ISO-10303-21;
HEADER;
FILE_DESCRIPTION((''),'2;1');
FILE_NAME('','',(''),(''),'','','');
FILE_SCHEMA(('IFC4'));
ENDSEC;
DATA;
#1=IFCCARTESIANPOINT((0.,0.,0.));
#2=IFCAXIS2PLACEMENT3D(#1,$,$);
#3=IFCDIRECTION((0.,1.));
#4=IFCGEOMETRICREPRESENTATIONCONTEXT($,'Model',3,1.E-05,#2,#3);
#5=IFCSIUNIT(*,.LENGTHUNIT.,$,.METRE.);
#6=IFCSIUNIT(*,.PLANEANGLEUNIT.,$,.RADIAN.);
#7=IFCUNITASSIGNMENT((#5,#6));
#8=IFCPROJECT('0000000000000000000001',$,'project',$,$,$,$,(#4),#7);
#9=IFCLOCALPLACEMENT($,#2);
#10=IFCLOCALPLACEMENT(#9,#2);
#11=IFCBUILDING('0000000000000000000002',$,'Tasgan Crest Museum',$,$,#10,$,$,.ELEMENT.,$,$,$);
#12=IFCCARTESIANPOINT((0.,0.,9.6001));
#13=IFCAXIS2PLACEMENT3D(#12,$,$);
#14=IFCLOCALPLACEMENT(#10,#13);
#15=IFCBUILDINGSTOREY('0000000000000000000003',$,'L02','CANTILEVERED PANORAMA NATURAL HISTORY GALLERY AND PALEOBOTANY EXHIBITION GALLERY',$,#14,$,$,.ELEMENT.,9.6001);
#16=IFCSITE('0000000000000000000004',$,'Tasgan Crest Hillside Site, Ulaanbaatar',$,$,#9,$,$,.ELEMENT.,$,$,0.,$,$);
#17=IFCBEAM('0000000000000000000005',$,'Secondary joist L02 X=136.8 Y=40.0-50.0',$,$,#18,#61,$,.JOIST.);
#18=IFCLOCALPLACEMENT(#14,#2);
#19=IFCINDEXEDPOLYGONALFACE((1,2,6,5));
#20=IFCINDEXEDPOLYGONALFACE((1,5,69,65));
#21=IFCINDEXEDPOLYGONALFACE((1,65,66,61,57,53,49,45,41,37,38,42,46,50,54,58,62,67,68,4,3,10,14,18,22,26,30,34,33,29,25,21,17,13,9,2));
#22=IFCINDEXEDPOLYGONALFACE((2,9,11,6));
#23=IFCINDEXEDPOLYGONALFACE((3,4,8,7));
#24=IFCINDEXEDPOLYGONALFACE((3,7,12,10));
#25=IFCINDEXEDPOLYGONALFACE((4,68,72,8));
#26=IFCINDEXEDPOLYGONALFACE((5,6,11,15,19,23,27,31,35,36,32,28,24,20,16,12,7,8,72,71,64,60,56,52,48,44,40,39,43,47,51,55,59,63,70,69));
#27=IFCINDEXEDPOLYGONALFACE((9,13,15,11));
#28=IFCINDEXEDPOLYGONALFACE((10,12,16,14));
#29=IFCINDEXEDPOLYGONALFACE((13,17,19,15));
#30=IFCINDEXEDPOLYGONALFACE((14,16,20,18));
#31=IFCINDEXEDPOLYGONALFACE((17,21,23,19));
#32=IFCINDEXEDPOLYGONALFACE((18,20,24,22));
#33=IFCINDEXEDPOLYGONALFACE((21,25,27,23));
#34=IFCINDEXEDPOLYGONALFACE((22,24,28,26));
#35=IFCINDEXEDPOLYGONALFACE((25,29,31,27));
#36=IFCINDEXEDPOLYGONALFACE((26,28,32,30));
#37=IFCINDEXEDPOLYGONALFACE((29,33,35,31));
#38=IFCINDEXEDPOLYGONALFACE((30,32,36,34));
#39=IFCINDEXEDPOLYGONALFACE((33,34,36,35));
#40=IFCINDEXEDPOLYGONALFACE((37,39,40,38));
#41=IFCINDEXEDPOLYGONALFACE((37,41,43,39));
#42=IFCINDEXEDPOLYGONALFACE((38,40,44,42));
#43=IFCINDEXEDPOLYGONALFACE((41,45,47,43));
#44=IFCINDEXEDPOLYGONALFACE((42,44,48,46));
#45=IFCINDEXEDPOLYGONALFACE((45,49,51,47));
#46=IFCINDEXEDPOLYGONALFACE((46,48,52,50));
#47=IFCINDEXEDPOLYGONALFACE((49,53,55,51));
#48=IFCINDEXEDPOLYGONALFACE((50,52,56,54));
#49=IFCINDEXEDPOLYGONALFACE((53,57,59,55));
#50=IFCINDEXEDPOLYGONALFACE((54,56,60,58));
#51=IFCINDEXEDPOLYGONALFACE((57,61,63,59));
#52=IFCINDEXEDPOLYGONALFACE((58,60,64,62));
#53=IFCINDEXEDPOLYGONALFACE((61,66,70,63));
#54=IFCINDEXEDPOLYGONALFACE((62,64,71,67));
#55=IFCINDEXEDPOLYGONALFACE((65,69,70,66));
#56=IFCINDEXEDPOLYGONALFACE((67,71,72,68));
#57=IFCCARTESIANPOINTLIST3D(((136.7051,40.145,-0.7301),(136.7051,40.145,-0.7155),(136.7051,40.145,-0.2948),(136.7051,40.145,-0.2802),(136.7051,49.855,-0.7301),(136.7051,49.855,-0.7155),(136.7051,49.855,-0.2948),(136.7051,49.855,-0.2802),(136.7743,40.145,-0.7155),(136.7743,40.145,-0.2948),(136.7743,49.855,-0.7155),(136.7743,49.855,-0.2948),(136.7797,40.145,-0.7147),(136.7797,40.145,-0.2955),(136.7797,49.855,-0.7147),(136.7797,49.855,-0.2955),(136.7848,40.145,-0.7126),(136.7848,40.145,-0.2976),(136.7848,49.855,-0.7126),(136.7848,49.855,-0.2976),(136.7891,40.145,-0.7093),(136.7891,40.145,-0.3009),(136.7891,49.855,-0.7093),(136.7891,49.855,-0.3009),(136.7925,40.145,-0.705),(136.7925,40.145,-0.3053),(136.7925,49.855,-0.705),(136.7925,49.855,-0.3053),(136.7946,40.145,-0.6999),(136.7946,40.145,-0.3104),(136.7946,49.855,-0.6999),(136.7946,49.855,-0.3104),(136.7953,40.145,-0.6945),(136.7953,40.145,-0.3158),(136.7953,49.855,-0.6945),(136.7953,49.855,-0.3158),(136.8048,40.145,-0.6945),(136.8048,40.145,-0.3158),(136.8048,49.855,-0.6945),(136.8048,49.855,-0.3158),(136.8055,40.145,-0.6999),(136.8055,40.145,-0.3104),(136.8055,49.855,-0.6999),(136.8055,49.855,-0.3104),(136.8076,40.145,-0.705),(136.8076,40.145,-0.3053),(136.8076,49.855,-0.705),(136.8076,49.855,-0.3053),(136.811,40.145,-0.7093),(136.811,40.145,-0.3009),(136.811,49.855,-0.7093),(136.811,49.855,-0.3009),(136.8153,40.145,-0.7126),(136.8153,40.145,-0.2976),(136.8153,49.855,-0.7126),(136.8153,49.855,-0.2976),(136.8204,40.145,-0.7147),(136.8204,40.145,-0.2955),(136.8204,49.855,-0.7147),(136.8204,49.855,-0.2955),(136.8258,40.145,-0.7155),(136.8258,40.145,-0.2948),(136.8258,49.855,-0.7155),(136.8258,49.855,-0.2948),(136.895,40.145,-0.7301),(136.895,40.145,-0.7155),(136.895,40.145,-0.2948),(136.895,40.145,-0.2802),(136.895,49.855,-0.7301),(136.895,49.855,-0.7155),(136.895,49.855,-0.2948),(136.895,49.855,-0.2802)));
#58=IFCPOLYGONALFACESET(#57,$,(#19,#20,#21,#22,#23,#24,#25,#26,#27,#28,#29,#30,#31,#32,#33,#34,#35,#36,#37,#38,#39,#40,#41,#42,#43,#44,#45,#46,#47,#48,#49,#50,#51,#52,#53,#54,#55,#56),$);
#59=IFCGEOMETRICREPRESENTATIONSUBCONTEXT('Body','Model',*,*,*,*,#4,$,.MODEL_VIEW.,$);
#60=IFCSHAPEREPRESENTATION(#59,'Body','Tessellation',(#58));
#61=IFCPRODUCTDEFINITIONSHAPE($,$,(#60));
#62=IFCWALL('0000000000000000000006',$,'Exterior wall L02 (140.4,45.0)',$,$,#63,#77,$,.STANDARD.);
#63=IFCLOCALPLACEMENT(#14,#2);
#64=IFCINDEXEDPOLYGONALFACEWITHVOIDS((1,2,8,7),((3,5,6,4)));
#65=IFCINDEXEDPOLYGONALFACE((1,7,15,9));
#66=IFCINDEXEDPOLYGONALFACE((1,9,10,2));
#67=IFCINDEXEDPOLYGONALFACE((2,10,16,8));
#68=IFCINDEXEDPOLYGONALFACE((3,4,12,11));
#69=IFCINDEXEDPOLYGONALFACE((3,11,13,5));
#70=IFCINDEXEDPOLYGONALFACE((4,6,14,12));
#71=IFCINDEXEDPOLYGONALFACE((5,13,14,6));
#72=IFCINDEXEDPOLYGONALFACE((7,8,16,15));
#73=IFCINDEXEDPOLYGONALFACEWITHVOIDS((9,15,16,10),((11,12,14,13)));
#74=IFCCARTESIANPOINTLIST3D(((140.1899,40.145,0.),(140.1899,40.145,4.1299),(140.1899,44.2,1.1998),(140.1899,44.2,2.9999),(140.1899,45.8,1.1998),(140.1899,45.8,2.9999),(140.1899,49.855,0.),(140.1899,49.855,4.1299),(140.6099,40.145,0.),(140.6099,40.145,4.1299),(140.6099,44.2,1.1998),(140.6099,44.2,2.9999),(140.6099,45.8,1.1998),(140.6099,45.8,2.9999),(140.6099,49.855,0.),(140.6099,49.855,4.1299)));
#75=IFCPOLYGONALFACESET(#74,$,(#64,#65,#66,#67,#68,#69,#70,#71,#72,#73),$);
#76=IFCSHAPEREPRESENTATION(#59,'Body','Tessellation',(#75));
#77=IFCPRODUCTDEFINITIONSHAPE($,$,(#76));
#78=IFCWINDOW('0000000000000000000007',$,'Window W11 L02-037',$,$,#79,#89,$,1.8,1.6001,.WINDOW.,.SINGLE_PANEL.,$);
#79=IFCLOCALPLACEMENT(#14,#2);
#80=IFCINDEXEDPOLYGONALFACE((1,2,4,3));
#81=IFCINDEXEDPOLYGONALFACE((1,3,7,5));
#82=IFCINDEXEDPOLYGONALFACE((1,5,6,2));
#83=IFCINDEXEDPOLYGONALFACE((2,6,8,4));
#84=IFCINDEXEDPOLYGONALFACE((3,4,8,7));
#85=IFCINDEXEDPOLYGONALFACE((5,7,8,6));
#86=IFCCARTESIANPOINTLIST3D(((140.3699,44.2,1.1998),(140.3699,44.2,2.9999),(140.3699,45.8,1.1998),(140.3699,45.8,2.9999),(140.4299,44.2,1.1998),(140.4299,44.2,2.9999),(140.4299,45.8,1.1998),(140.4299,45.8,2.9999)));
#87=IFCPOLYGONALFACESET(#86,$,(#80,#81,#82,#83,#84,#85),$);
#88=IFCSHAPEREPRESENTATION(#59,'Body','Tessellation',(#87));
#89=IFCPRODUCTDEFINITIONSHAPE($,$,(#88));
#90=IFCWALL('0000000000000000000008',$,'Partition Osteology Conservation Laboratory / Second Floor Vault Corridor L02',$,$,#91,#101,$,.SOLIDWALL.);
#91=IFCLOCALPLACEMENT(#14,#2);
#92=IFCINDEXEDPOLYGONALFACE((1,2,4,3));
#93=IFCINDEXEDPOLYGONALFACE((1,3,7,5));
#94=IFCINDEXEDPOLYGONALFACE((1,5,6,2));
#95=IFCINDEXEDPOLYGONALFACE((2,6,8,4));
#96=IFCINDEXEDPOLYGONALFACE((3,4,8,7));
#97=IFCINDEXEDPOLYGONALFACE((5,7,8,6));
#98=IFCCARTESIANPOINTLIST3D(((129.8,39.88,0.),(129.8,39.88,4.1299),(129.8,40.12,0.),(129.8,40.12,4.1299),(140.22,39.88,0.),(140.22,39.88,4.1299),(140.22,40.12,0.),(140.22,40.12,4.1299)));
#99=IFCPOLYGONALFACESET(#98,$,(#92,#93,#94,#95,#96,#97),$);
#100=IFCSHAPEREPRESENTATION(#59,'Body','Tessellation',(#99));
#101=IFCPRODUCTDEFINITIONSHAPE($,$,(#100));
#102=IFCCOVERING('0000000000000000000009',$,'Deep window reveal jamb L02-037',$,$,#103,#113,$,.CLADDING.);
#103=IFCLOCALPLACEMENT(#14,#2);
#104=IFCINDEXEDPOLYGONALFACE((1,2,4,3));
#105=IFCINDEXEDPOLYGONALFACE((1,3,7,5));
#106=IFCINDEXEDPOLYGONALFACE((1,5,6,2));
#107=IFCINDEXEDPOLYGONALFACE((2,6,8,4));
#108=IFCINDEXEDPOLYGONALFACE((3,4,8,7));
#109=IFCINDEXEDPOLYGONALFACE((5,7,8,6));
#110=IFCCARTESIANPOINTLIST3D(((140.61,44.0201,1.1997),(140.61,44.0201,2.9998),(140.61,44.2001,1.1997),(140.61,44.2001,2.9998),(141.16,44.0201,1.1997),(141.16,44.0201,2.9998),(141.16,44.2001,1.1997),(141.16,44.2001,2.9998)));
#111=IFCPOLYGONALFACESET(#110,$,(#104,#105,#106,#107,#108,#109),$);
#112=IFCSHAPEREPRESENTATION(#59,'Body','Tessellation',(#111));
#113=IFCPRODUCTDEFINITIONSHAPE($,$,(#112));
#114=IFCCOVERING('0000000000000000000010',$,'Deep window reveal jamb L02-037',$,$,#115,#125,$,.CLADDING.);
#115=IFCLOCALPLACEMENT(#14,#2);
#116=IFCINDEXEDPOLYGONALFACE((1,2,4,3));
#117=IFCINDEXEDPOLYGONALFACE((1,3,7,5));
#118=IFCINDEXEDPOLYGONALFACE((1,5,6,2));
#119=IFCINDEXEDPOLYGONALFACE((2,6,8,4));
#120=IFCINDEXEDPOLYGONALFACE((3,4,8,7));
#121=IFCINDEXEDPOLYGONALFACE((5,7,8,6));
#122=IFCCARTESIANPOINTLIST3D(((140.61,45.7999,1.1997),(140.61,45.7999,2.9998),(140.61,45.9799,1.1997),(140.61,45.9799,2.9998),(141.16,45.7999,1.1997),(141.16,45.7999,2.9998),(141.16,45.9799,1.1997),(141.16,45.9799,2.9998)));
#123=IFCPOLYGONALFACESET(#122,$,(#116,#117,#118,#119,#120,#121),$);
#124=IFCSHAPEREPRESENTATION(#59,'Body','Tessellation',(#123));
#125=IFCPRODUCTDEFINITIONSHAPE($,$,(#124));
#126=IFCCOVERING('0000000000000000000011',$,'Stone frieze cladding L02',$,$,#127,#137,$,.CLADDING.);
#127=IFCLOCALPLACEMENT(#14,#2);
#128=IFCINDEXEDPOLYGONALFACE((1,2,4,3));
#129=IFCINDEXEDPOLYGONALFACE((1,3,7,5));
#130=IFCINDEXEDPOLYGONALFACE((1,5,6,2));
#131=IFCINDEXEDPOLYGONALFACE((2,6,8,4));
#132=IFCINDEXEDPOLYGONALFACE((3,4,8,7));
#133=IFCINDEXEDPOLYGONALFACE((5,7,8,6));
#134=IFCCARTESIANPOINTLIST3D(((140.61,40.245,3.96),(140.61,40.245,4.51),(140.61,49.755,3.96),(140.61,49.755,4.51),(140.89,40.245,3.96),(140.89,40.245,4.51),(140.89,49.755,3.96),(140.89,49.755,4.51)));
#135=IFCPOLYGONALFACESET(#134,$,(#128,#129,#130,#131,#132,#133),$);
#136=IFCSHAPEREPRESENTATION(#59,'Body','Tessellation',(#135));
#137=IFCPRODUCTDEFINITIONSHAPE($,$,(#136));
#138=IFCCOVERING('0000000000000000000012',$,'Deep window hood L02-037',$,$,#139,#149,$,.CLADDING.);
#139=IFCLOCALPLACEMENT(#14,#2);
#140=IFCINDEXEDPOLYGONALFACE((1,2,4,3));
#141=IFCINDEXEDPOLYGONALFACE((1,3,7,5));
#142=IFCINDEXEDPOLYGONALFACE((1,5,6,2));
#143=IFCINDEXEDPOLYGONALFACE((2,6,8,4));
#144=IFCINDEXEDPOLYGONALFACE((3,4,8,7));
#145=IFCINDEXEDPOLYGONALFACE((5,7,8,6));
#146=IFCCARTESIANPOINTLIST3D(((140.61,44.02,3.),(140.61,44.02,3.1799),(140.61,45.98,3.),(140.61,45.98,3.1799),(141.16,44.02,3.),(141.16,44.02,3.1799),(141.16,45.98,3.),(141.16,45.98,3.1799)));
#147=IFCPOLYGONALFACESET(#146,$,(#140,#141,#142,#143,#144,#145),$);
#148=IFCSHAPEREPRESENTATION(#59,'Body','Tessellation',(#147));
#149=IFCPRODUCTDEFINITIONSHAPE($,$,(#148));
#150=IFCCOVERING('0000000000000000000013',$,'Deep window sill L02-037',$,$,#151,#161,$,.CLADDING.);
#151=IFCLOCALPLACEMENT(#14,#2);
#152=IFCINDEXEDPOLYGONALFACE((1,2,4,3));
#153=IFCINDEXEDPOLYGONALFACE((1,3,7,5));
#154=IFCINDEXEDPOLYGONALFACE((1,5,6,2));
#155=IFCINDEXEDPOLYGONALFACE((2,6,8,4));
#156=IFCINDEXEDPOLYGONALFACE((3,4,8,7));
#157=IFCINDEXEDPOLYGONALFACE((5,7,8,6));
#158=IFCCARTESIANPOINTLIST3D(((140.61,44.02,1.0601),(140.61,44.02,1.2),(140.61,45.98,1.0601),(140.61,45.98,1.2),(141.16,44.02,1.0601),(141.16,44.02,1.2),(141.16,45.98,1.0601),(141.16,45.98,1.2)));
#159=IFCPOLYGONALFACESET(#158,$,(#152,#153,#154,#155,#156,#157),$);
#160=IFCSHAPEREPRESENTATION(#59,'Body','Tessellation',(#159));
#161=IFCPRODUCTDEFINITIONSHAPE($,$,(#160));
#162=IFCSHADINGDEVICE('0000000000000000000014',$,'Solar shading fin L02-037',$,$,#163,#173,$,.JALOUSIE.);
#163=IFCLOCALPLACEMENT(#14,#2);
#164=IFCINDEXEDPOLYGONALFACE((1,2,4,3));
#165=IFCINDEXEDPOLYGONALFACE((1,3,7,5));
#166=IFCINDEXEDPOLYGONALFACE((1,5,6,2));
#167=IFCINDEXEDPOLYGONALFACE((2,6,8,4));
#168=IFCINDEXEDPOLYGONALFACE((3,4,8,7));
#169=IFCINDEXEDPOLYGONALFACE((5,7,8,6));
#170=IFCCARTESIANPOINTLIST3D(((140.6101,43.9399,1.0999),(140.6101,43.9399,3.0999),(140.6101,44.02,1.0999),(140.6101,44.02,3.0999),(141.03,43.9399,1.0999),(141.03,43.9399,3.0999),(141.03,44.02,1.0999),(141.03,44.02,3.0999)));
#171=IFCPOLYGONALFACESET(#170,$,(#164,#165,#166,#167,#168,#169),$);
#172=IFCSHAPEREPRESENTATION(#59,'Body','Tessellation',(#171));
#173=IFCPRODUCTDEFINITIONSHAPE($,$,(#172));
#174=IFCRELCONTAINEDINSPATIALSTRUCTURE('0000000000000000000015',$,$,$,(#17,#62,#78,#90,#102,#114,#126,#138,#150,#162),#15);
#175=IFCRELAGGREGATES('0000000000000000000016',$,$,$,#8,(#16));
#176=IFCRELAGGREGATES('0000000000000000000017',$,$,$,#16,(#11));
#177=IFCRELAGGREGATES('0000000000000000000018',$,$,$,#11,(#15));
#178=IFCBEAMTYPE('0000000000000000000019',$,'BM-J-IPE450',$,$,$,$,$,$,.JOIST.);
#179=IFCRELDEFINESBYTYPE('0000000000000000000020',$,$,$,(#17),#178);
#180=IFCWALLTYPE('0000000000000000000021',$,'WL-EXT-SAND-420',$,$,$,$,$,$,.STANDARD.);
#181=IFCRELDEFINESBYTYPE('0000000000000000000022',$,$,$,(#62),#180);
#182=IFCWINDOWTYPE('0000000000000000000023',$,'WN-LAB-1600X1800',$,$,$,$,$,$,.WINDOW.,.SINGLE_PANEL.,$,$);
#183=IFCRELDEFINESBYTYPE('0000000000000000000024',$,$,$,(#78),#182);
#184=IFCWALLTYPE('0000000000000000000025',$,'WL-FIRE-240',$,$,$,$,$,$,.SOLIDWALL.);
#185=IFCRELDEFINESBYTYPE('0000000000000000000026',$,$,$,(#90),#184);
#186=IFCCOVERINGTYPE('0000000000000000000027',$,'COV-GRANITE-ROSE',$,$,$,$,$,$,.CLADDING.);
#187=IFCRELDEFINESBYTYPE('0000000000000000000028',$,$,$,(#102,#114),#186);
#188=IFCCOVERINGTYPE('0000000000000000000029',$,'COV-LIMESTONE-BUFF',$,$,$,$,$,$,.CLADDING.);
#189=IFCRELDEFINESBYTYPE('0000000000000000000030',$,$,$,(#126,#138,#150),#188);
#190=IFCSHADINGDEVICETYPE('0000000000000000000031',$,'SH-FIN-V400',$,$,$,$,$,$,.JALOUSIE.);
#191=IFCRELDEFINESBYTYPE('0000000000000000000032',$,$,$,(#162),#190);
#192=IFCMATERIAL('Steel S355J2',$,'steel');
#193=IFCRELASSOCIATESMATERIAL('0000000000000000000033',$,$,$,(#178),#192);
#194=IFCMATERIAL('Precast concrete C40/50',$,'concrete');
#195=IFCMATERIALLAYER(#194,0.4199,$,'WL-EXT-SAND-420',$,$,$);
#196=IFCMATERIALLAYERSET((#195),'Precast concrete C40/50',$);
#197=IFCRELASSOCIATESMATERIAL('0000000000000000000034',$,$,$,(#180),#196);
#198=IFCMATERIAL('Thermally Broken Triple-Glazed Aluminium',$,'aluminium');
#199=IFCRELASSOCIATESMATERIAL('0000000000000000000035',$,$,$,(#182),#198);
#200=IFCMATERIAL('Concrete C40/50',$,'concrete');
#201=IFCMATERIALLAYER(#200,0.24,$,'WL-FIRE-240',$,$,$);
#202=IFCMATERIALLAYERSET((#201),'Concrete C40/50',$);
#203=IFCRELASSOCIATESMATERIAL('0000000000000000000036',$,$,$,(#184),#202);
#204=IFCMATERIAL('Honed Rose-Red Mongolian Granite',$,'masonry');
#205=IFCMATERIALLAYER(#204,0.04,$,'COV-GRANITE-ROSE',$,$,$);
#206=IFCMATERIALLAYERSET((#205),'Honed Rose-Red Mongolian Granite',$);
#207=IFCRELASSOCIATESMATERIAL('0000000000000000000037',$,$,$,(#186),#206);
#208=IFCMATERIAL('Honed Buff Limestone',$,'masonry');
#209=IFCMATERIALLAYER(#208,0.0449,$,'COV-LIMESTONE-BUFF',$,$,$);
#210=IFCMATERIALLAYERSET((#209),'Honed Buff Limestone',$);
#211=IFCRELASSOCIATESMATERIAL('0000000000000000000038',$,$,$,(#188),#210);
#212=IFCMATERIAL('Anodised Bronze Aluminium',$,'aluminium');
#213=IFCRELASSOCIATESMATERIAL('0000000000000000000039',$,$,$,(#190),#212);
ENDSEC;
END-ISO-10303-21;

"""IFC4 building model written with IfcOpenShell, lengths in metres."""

from ifc_helpers import new_model, si_unit, direction, frame, frame_2d, origin, origin_2d, place, context, subcontext, project, spatial, rectangle, i_section, extrude, material, layer, layer_set, material_profile, profile_set, type_object, element, fill, save


model = new_model("IFC4")

# Units and contexts
model_context = context("Model", 3, precision=1e-05, world=origin(), true_north=direction((0.0, 1.0)))
body_context = subcontext(model_context, "Body", "Model", "MODEL_VIEW")
ifc_project = project(units=[si_unit("LENGTHUNIT", "METRE"), si_unit("PLANEANGLEUNIT", "RADIAN")], contexts=[model_context])

# Site, building, storey
site_placement = place(None, origin())
site = spatial("IfcSite", under=ifc_project, at=site_placement, Name="Tasgan Crest Hillside Site, Ulaanbaatar", CompositionType="ELEMENT", RefElevation=0.0)
building_placement = place(site_placement, origin())
building = spatial("IfcBuilding", under=site, at=building_placement, Name="Tasgan Crest Museum", CompositionType="ELEMENT")
storey_placement = place(building_placement, frame((0.0, 0.0, 9.6001)))
storey = spatial("IfcBuildingStorey", under=building, at=storey_placement, Name="L02", Description="CANTILEVERED PANORAMA NATURAL HISTORY GALLERY AND PALEOBOTANY EXHIBITION GALLERY", CompositionType="ELEMENT", Elevation=9.6001)

# Beam
ifc_material_1 = material(Name="Steel S355J2", Category="steel")
ifc_material_profile_1 = material_profile(ifc_material_1, i_section(OverallWidth=0.1899, OverallDepth=0.45, WebThickness=0.0095, FlangeThickness=0.0146, FilletRadius=0.021, at=origin_2d()), Name="IPE 450")
ifc_profile_set_1 = profile_set([ifc_material_profile_1], Name="Steel S355J2")
beam_type_1 = type_object("IfcBeamType", Name="BM-J-IPE450", PredefinedType="JOIST", material=ifc_profile_set_1)
for number, where, z_axis, x_axis, name in (
    (1, (136.8, 40.145, -0.5051), (0.0, 1.0, 0.0), (-1.0, 0.0, 0.0), "Secondary joist L02 X=136.8 Y=40.0-50.0"),
):
    element("IfcBeam", number, at=place(storey_placement, frame(where, z_axis=z_axis, x_axis=x_axis)), inside=storey, type_object=beam_type_1, Name=name, PredefinedType="JOIST", context=body_context, shape_type="SweptSolid", body=[
        extrude(i_section(OverallWidth=0.1899, OverallDepth=0.45, WebThickness=0.0095, FlangeThickness=0.0146, FilletRadius=0.021, at=origin_2d()), origin(), (0.0, 0.0, 1.0), 9.71),
    ])

# Wall, opening, window
ifc_material_2 = material(Name="Precast concrete C40/50", Category="concrete")
ifc_layer_1 = layer(ifc_material_2, 0.4199, Name="WL-EXT-SAND-420")
ifc_layer_set_1 = layer_set([ifc_layer_1], Name="Precast concrete C40/50")
wall_type_1 = type_object("IfcWallType", Name="WL-EXT-SAND-420", PredefinedType="STANDARD", material=ifc_layer_set_1)
wall_1_placement = place(storey_placement, frame((140.3999, 40.145, 0.0), z_axis=(0.0, 0.0, 1.0), x_axis=(0.0, 1.0, 0.0)))
wall_1 = element("IfcWall", 2, at=wall_1_placement, inside=storey, type_object=wall_type_1, Name="Exterior wall L02 (140.4,45.0)", PredefinedType="STANDARD", context=body_context, shape_type="SweptSolid", body=[
    extrude(rectangle(XDim=9.71, YDim=0.4199, at=frame_2d((4.855, 0.0))), origin(), (0.0, 0.0, 1.0), 4.1299),
])
opening_placement = place(wall_1_placement, frame((4.0549, 0.0, 1.2)))
opening = element("IfcOpeningElement", 3, at=opening_placement, cuts=wall_1, PredefinedType="OPENING", context=body_context, shape_type="SweptSolid", body=[
    extrude(rectangle(XDim=1.6001, YDim=1.8, at=frame_2d((0.8, 0.8999))), frame((0.0, 0.22, 0.0), z_axis=(0.0, -1.0, 0.0), x_axis=(1.0, 0.0, 0.0)), (0.0, 0.0, 1.0), 0.4399),
])
ifc_material_3 = material(Name="Thermally Broken Triple-Glazed Aluminium", Category="aluminium")
window_type = type_object("IfcWindowType", Name="WN-LAB-1600X1800", PartitioningType="SINGLE_PANEL", PredefinedType="WINDOW", material=ifc_material_3)
window_placement = place(opening_placement, origin())
window = element("IfcWindow", 4, at=window_placement, inside=storey, type_object=window_type, Name="Window W11 L02-037", OverallHeight=1.8, OverallWidth=1.6001, PartitioningType="SINGLE_PANEL", PredefinedType="WINDOW", context=body_context, shape_type="SweptSolid", body=[
    extrude(rectangle(XDim=1.6001, YDim=1.8, at=frame_2d((0.8, 0.8999))), frame((0.0, 0.03, 0.0), z_axis=(0.0, -1.0, 0.0), x_axis=(1.0, 0.0, 0.0)), (0.0, 0.0, 1.0), 0.0601),
])
fill(opening, window)

# Wall
ifc_material_4 = material(Name="Concrete C40/50", Category="concrete")
ifc_layer_2 = layer(ifc_material_4, 0.24, Name="WL-FIRE-240")
ifc_layer_set_2 = layer_set([ifc_layer_2], Name="Concrete C40/50")
wall_type_2 = type_object("IfcWallType", Name="WL-FIRE-240", PredefinedType="SOLIDWALL", material=ifc_layer_set_2)
wall_2_placement = place(storey_placement, frame((129.8, 40.0, 0.0), z_axis=(0.0, 0.0, 1.0), x_axis=(1.0, 0.0, 0.0)))
element("IfcWall", 5, at=wall_2_placement, inside=storey, type_object=wall_type_2, Name="Partition Osteology Conservation Laboratory / Second Floor Vault Corridor L02", PredefinedType="SOLIDWALL", context=body_context, shape_type="SweptSolid", body=[
    extrude(rectangle(XDim=10.4199, YDim=0.24, at=frame_2d((5.21, 0.0))), origin(), (0.0, 0.0, 1.0), 4.1299),
])

# Coverings
ifc_material_5 = material(Name="Honed Rose-Red Mongolian Granite", Category="masonry")
ifc_layer_3 = layer(ifc_material_5, 0.04, Name="COV-GRANITE-ROSE")
ifc_layer_set_3 = layer_set([ifc_layer_3], Name="Honed Rose-Red Mongolian Granite")
covering_type_1 = type_object("IfcCoveringType", Name="COV-GRANITE-ROSE", PredefinedType="CLADDING", material=ifc_layer_set_3)
for number, where, z_axis, x_axis, name in (
    (6, (140.885, 44.1101, 1.1997), (0.0, 0.0, 1.0), (0.0, 1.0, 0.0), "Deep window reveal jamb L02-037"),
    (7, (140.885, 45.8899, 1.1997), (0.0, 0.0, 1.0), (0.0, 1.0, 0.0), "Deep window reveal jamb L02-037"),
):
    element("IfcCovering", number, at=place(storey_placement, frame(where, z_axis=z_axis, x_axis=x_axis)), inside=storey, type_object=covering_type_1, Name=name, PredefinedType="CLADDING", context=body_context, shape_type="SweptSolid", body=[
        extrude(rectangle(XDim=0.1799, YDim=0.55, at=origin_2d()), origin(), (0.0, 0.0, 1.0), 1.8),
    ])
ifc_material_6 = material(Name="Honed Buff Limestone", Category="masonry")
ifc_layer_4 = layer(ifc_material_6, 0.0449, Name="COV-LIMESTONE-BUFF")
ifc_layer_set_4 = layer_set([ifc_layer_4], Name="Honed Buff Limestone")
covering_type_2 = type_object("IfcCoveringType", Name="COV-LIMESTONE-BUFF", PredefinedType="CLADDING", material=ifc_layer_set_4)
covering_1_placement = place(storey_placement, frame((140.75, 45.0, 3.96), z_axis=(0.0, 0.0, 1.0), x_axis=(0.0, 1.0, 0.0)))
element("IfcCovering", 8, at=covering_1_placement, inside=storey, type_object=covering_type_2, Name="Stone frieze cladding L02", PredefinedType="CLADDING", context=body_context, shape_type="SweptSolid", body=[
    extrude(rectangle(XDim=9.51, YDim=0.28, at=origin_2d()), origin(), (0.0, 0.0, 1.0), 0.55),
])
covering_2_placement = place(storey_placement, frame((140.885, 45.0, 3.0), z_axis=(0.0, 0.0, 1.0), x_axis=(0.0, 1.0, 0.0)))
element("IfcCovering", 9, at=covering_2_placement, inside=storey, type_object=covering_type_2, Name="Deep window hood L02-037", PredefinedType="CLADDING", context=body_context, shape_type="SweptSolid", body=[
    extrude(rectangle(XDim=1.96, YDim=0.55, at=origin_2d()), origin(), (0.0, 0.0, 1.0), 0.1799),
])
covering_3_placement = place(storey_placement, frame((140.885, 45.0, 1.0601), z_axis=(0.0, 0.0, 1.0), x_axis=(0.0, 1.0, 0.0)))
element("IfcCovering", 10, at=covering_3_placement, inside=storey, type_object=covering_type_2, Name="Deep window sill L02-037", PredefinedType="CLADDING", context=body_context, shape_type="SweptSolid", body=[
    extrude(rectangle(XDim=1.96, YDim=0.55, at=origin_2d()), origin(), (0.0, 0.0, 1.0), 0.1399),
])

# Shading device
ifc_material_7 = material(Name="Anodised Bronze Aluminium", Category="aluminium")
shading_device_type = type_object("IfcShadingDeviceType", Name="SH-FIN-V400", PredefinedType="JALOUSIE", material=ifc_material_7)
shading_device_placement = place(storey_placement, frame((140.8201, 43.98, 1.0999), z_axis=(0.0, 0.0, 1.0), x_axis=(0.0, 1.0, 0.0)))
element("IfcShadingDevice", 11, at=shading_device_placement, inside=storey, type_object=shading_device_type, Name="Solar shading fin L02-037", PredefinedType="JALOUSIE", context=body_context, shape_type="SweptSolid", body=[
    extrude(rectangle(XDim=0.0801, YDim=0.4199, at=origin_2d()), origin(), (0.0, 0.0, 1.0), 2.0),
])

save(model, "model.ifc")
